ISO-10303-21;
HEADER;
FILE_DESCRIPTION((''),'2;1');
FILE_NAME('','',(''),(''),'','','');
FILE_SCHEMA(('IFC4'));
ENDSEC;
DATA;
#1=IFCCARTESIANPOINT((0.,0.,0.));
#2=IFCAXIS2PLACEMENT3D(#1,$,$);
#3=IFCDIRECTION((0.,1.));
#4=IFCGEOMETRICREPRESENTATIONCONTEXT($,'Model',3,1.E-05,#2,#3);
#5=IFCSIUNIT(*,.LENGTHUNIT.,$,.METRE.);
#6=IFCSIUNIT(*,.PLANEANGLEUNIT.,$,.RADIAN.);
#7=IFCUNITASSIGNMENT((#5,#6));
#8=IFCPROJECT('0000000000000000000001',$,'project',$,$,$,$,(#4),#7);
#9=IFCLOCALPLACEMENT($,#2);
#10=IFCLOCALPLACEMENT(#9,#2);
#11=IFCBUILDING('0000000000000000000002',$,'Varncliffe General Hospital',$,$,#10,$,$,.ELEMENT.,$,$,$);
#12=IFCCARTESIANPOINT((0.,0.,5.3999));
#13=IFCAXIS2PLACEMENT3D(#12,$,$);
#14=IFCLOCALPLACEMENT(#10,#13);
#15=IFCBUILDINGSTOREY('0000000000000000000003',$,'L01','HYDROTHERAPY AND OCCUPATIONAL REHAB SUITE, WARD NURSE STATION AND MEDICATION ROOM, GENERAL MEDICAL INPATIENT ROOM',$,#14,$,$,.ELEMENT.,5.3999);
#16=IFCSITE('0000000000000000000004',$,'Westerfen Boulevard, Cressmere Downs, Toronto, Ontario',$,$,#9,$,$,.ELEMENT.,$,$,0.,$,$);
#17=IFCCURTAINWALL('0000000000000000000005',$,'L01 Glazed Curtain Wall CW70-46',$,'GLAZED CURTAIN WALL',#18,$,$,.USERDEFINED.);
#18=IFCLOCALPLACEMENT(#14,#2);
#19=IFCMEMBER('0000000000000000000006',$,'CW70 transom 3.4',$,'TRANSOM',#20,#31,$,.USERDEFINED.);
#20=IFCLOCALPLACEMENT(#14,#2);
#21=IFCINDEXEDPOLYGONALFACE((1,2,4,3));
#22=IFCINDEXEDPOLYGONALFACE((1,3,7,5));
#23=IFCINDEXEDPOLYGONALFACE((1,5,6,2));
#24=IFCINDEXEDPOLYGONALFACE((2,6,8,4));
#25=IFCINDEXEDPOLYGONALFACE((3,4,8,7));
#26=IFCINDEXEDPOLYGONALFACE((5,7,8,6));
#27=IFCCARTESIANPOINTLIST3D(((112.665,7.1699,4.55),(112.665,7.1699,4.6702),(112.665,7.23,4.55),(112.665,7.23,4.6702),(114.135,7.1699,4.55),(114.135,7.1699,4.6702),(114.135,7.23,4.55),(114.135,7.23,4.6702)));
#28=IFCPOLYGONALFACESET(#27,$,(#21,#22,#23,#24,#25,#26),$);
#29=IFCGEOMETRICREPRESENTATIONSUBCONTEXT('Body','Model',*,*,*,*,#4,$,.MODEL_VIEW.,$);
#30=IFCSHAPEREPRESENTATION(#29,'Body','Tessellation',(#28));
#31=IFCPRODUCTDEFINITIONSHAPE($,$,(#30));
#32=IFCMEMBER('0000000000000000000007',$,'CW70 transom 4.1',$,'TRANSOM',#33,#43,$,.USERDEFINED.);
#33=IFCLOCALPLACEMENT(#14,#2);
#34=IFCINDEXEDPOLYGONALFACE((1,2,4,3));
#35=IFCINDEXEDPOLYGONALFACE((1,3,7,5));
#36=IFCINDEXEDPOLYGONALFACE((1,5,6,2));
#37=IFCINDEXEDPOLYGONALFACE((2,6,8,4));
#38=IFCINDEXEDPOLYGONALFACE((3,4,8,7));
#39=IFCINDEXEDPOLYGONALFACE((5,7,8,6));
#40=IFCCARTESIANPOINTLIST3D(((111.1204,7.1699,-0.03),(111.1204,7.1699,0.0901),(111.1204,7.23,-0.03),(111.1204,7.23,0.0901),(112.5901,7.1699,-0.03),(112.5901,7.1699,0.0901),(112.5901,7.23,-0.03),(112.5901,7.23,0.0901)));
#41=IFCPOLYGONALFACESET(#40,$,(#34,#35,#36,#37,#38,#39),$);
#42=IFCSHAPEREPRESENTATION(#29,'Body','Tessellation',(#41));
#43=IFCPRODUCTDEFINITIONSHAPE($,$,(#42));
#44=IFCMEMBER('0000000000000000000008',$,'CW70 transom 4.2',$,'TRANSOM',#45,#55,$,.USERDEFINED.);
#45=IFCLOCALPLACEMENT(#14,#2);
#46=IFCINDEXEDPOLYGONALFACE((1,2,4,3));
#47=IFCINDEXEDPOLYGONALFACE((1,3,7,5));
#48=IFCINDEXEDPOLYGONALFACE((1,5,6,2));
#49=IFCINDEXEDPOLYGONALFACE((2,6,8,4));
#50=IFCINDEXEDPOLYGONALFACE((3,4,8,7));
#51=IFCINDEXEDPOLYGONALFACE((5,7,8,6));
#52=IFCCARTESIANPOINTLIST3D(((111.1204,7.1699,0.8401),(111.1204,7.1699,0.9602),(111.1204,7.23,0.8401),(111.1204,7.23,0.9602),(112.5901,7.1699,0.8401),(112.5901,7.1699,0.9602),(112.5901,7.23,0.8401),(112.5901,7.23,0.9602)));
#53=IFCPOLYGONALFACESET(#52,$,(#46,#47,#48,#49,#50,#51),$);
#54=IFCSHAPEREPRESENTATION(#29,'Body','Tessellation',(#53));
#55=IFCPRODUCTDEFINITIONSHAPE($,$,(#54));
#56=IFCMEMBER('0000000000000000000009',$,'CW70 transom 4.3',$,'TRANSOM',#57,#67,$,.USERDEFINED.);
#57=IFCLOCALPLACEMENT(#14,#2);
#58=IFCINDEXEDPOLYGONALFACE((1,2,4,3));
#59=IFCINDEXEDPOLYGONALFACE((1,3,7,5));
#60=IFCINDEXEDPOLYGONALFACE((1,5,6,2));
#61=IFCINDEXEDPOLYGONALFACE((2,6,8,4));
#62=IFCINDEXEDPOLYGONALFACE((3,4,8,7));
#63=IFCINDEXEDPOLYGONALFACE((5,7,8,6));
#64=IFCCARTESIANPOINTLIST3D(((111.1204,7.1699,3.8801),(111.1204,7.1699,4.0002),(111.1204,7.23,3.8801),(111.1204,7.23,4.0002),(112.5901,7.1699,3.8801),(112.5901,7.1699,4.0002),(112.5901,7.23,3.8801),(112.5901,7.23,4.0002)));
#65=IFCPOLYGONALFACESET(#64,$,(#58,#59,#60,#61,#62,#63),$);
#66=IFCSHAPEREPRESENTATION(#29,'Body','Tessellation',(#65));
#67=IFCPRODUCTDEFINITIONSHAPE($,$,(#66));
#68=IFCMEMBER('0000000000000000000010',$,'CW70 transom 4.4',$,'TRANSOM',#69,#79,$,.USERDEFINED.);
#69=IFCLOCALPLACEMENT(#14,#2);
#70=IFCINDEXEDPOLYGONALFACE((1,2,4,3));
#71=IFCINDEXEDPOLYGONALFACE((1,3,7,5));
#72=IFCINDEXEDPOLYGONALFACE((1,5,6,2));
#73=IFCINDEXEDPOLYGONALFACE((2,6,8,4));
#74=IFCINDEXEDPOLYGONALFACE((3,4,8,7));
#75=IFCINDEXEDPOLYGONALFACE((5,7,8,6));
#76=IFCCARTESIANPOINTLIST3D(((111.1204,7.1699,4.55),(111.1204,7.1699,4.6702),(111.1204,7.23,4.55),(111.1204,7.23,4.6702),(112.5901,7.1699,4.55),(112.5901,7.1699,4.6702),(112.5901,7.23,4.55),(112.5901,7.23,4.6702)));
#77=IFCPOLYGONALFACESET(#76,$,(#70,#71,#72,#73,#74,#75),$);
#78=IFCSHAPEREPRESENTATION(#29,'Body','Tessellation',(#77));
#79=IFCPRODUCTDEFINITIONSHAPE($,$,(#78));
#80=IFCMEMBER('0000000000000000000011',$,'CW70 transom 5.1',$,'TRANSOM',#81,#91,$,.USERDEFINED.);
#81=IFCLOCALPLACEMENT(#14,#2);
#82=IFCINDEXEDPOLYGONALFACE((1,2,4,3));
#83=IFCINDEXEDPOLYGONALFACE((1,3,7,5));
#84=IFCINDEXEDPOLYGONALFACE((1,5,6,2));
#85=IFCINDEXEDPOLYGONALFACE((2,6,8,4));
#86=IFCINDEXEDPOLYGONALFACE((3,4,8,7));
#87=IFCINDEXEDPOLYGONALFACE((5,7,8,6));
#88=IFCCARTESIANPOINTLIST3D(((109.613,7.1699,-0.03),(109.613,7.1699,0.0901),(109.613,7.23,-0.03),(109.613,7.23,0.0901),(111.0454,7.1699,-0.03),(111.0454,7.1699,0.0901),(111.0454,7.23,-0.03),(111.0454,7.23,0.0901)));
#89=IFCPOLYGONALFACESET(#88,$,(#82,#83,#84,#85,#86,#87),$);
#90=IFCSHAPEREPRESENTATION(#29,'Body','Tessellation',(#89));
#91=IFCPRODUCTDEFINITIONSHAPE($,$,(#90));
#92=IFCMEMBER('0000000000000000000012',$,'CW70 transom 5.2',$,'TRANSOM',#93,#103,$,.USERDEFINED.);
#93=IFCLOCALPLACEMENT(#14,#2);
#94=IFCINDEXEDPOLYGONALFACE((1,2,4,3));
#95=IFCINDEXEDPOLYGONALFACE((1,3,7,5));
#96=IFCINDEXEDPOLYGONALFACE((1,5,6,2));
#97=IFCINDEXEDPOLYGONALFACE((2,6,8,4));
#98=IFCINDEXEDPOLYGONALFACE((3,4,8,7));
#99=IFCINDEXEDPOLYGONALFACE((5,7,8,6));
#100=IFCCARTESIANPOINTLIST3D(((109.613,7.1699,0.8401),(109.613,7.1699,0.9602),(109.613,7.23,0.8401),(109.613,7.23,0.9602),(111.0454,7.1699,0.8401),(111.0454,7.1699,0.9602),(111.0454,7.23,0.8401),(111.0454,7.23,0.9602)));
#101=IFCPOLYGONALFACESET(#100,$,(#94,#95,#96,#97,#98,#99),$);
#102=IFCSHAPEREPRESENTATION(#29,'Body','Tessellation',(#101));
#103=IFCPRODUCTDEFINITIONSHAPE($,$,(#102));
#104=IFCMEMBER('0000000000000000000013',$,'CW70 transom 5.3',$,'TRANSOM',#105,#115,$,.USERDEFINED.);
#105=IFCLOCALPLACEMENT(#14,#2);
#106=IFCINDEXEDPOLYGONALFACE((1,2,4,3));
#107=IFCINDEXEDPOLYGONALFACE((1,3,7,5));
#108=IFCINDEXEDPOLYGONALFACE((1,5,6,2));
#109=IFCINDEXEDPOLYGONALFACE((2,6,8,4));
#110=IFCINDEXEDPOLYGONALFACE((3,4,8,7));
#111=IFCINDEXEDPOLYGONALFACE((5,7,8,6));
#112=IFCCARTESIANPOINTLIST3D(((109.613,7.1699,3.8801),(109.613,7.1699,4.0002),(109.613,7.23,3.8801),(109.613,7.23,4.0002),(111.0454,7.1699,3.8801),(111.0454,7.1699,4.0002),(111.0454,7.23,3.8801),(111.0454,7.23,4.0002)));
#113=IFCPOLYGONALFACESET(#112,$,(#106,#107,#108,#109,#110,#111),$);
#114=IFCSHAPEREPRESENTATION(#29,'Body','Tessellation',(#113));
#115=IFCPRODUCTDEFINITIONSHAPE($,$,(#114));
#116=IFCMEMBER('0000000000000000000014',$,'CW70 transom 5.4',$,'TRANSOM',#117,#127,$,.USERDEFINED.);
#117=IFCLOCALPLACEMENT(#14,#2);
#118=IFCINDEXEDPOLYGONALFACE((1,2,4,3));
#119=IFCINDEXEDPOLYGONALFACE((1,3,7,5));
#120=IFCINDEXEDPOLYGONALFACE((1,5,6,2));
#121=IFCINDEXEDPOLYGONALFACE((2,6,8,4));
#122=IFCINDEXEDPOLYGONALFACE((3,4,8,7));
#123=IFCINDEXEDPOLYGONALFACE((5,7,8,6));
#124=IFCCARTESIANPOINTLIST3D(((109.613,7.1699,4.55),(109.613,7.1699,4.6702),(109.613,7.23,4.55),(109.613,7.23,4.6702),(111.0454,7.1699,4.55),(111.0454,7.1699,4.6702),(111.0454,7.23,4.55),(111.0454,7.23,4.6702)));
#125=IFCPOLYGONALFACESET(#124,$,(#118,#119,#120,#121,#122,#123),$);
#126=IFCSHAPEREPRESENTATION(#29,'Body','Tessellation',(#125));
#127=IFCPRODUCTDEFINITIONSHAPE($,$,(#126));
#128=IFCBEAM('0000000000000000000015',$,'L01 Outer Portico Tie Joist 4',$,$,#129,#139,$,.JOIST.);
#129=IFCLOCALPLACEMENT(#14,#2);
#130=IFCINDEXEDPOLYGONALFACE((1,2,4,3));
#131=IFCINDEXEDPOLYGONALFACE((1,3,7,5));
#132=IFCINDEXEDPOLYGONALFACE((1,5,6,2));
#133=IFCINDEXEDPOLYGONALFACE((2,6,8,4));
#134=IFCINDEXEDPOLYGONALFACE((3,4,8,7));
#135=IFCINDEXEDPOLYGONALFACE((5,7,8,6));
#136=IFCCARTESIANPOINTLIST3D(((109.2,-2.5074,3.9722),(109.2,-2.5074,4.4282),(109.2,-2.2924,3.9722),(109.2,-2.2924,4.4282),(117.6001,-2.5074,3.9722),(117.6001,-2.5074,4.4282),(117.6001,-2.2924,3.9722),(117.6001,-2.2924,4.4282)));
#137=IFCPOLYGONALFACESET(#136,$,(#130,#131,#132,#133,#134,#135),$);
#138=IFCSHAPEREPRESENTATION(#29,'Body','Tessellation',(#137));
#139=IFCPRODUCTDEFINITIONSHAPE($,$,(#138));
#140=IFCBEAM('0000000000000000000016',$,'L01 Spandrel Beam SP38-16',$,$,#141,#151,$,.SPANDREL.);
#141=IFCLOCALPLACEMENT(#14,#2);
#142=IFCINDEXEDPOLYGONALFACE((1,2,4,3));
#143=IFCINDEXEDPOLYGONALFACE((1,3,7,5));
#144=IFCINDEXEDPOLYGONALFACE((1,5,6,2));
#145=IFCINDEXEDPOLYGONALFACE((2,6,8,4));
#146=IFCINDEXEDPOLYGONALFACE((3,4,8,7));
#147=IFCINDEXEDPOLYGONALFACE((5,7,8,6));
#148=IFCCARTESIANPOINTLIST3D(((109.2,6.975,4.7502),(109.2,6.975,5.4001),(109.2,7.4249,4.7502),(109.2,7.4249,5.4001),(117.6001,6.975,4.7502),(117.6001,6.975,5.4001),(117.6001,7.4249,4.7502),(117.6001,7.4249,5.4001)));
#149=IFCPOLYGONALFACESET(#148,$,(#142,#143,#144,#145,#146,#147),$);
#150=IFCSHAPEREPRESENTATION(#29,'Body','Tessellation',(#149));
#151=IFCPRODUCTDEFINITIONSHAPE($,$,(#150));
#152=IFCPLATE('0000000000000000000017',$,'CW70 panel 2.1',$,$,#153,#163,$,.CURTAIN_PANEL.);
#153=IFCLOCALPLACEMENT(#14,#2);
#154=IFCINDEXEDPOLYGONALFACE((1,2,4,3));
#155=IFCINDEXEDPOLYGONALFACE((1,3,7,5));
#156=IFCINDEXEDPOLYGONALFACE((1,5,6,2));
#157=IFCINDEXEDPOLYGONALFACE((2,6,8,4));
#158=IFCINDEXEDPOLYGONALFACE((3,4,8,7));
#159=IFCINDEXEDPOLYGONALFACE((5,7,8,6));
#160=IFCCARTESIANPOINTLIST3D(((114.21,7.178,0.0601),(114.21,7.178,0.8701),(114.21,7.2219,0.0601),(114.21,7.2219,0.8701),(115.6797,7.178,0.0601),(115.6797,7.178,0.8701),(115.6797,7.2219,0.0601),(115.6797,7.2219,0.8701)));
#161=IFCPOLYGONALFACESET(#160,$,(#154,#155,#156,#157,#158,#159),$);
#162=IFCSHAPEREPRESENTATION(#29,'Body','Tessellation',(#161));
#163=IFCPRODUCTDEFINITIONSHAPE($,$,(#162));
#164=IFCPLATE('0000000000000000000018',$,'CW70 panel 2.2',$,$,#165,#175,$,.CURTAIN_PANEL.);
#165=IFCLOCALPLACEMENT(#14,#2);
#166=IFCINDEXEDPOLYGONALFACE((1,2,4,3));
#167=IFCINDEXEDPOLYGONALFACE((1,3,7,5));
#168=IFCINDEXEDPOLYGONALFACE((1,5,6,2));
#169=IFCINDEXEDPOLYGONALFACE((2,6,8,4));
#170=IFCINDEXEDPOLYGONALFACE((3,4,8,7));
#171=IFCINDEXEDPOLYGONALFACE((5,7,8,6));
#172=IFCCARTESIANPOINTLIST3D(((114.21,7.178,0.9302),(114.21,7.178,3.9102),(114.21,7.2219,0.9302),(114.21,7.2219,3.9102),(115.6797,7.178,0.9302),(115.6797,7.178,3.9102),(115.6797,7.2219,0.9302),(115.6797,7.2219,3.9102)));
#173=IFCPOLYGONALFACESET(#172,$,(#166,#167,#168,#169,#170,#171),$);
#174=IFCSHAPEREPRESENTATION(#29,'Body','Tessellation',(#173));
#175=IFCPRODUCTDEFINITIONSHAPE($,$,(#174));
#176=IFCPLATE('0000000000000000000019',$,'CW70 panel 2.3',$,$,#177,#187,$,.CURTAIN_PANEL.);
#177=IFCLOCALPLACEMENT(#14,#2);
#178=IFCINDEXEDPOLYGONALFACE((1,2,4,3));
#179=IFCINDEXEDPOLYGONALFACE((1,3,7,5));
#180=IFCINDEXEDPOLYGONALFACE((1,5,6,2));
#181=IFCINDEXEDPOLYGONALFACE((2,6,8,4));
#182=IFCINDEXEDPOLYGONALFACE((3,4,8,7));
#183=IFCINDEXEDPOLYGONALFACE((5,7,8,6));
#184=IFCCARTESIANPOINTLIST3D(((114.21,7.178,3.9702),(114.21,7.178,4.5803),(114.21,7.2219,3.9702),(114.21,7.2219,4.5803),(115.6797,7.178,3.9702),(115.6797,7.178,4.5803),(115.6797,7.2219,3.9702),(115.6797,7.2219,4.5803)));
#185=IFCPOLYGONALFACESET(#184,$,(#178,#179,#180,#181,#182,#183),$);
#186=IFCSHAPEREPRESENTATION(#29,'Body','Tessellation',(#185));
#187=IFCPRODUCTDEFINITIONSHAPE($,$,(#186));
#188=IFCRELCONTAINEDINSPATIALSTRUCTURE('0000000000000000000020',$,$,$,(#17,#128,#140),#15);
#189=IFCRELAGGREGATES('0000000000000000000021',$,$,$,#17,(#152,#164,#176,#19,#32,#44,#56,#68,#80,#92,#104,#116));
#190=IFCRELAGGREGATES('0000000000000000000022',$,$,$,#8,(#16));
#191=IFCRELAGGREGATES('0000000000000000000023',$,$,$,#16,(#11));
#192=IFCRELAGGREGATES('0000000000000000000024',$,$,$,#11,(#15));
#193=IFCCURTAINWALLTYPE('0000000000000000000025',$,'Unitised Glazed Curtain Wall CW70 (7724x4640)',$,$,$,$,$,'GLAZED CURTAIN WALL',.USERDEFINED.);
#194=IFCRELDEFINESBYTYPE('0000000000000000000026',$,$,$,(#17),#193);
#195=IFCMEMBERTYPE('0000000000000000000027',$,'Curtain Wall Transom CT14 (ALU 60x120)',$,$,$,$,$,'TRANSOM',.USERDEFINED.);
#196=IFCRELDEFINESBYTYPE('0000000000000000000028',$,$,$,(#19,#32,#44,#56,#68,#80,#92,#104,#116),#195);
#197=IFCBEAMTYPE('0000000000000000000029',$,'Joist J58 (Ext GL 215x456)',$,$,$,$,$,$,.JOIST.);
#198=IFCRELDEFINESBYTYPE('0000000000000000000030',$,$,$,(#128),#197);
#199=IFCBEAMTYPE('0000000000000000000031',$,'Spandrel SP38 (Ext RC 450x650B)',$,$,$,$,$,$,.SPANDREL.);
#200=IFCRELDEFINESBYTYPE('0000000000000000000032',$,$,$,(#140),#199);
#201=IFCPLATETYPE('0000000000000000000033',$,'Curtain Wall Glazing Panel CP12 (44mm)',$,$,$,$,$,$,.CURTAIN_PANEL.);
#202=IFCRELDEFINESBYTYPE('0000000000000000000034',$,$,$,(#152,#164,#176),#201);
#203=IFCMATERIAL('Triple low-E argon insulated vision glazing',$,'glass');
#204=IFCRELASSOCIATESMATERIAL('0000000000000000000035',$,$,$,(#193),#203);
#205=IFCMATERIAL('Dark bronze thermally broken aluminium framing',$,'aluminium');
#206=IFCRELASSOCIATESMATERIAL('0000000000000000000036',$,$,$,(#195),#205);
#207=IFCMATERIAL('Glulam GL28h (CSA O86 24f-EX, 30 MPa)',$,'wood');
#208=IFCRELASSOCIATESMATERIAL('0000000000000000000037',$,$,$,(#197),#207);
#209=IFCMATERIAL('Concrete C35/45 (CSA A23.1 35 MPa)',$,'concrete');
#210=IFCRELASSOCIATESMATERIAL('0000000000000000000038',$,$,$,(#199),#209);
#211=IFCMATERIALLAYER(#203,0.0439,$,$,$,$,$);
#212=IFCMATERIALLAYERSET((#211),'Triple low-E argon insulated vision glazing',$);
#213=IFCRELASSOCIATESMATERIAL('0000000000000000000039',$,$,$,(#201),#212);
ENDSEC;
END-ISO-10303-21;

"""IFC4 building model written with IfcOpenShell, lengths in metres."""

from ifc_helpers import new_model, si_unit, direction, frame, origin, origin_2d, place, context, subcontext, project, spatial, rectangle, extrude, material, layer, layer_set, material_profile, profile_set, type_object, element, aggregate, save


model = new_model("IFC4")

# Units and contexts
model_context = context("Model", 3, precision=1e-05, world=origin(), true_north=direction((0.0, 1.0)))
body_context = subcontext(model_context, "Body", "Model", "MODEL_VIEW")
ifc_project = project(units=[si_unit("LENGTHUNIT", "METRE"), si_unit("PLANEANGLEUNIT", "RADIAN")], contexts=[model_context])

# Site, building, storey
site_placement = place(None, origin())
site = spatial("IfcSite", under=ifc_project, at=site_placement, Name="Westerfen Boulevard, Cressmere Downs, Toronto, Ontario", CompositionType="ELEMENT", RefElevation=0.0)
building_placement = place(site_placement, origin())
building = spatial("IfcBuilding", under=site, at=building_placement, Name="Varncliffe General Hospital", CompositionType="ELEMENT")
storey_placement = place(building_placement, frame((0.0, 0.0, 5.3999)))
storey = spatial("IfcBuildingStorey", under=building, at=storey_placement, Name="L01", Description="HYDROTHERAPY AND OCCUPATIONAL REHAB SUITE, WARD NURSE STATION AND MEDICATION ROOM, GENERAL MEDICAL INPATIENT ROOM", CompositionType="ELEMENT", Elevation=5.3999)

# Shared definitions
ifc_material_1 = material(Name="Glulam GL28h (CSA O86 24f-EX, 30 MPa)", Category="wood")

# Curtain wall, members
ifc_material_2 = material(Name="Triple low-E argon insulated vision glazing", Category="glass")
curtain_wall_type = type_object("IfcCurtainWallType", Name="Unitised Glazed Curtain Wall CW70 (7724x4640)", ElementType="GLAZED CURTAIN WALL", PredefinedType="USERDEFINED", material=ifc_material_2)
curtain_wall_placement = place(storey_placement, origin())
curtain_wall = element("IfcCurtainWall", 1, at=curtain_wall_placement, inside=storey, type_object=curtain_wall_type, Name="L01 Glazed Curtain Wall CW70-46", ObjectType="GLAZED CURTAIN WALL", PredefinedType="USERDEFINED")
ifc_material_3 = material(Name="Dark bronze thermally broken aluminium framing", Category="aluminium")
ifc_material_profile_1 = material_profile(ifc_material_3, rectangle(XDim=0.0601, YDim=0.1201, at=origin_2d()), Name="ALU 60x120")
ifc_profile_set_1 = profile_set([ifc_material_profile_1], Name="Dark bronze thermally broken aluminium framing")
member_type_1 = type_object("IfcMemberType", Name="Curtain Wall Transom CT14 (ALU 60x120)", ElementType="TRANSOM", PredefinedType="USERDEFINED", material=ifc_profile_set_1)
member_1_placement = place(storey_placement, frame((114.135, 7.2, 4.6101), z_axis=(-1.0, 0.0, 0.0), x_axis=(0.0, -1.0, 0.0)))
member_1 = element("IfcMember", 2, at=member_1_placement, type_object=member_type_1, Name="CW70 transom 3.4", ObjectType="TRANSOM", PredefinedType="USERDEFINED", context=body_context, shape_type="SweptSolid", body=[
    extrude(rectangle(XDim=0.0601, YDim=0.1201, at=origin_2d()), origin(), (0.0, 0.0, 1.0), 1.47),
])
member_2_placement = place(storey_placement, frame((112.5901, 7.2, 0.03), z_axis=(-1.0, 0.0, 0.0), x_axis=(0.0, -1.0, 0.0)))
member_2 = element("IfcMember", 3, at=member_2_placement, type_object=member_type_1, Name="CW70 transom 4.1", ObjectType="TRANSOM", PredefinedType="USERDEFINED", context=body_context, shape_type="SweptSolid", body=[
    extrude(rectangle(XDim=0.0601, YDim=0.1201, at=origin_2d()), origin(), (0.0, 0.0, 1.0), 1.4697),
])
member_3_placement = place(storey_placement, frame((112.5901, 7.2, 0.9001), z_axis=(-1.0, 0.0, 0.0), x_axis=(0.0, -1.0, 0.0)))
member_3 = element("IfcMember", 4, at=member_3_placement, type_object=member_type_1, Name="CW70 transom 4.2", ObjectType="TRANSOM", PredefinedType="USERDEFINED", context=body_context, shape_type="SweptSolid", body=[
    extrude(rectangle(XDim=0.0601, YDim=0.1201, at=origin_2d()), origin(), (0.0, 0.0, 1.0), 1.4697),
])
member_4_placement = place(storey_placement, frame((112.5901, 7.2, 3.9402), z_axis=(-1.0, 0.0, 0.0), x_axis=(0.0, -1.0, 0.0)))
member_4 = element("IfcMember", 5, at=member_4_placement, type_object=member_type_1, Name="CW70 transom 4.3", ObjectType="TRANSOM", PredefinedType="USERDEFINED", context=body_context, shape_type="SweptSolid", body=[
    extrude(rectangle(XDim=0.0601, YDim=0.1201, at=origin_2d()), origin(), (0.0, 0.0, 1.0), 1.4697),
])
member_5_placement = place(storey_placement, frame((112.5901, 7.2, 4.6101), z_axis=(-1.0, 0.0, 0.0), x_axis=(0.0, -1.0, 0.0)))
member_5 = element("IfcMember", 6, at=member_5_placement, type_object=member_type_1, Name="CW70 transom 4.4", ObjectType="TRANSOM", PredefinedType="USERDEFINED", context=body_context, shape_type="SweptSolid", body=[
    extrude(rectangle(XDim=0.0601, YDim=0.1201, at=origin_2d()), origin(), (0.0, 0.0, 1.0), 1.4697),
])
member_6_placement = place(storey_placement, frame((111.0454, 7.2, 0.03), z_axis=(-1.0, 0.0, 0.0), x_axis=(0.0, -1.0, 0.0)))
member_6 = element("IfcMember", 7, at=member_6_placement, type_object=member_type_1, Name="CW70 transom 5.1", ObjectType="TRANSOM", PredefinedType="USERDEFINED", context=body_context, shape_type="SweptSolid", body=[
    extrude(rectangle(XDim=0.0601, YDim=0.1201, at=origin_2d()), origin(), (0.0, 0.0, 1.0), 1.4324),
])
member_7_placement = place(storey_placement, frame((111.0454, 7.2, 0.9001), z_axis=(-1.0, 0.0, 0.0), x_axis=(0.0, -1.0, 0.0)))
member_7 = element("IfcMember", 8, at=member_7_placement, type_object=member_type_1, Name="CW70 transom 5.2", ObjectType="TRANSOM", PredefinedType="USERDEFINED", context=body_context, shape_type="SweptSolid", body=[
    extrude(rectangle(XDim=0.0601, YDim=0.1201, at=origin_2d()), origin(), (0.0, 0.0, 1.0), 1.4324),
])
member_8_placement = place(storey_placement, frame((111.0454, 7.2, 3.9402), z_axis=(-1.0, 0.0, 0.0), x_axis=(0.0, -1.0, 0.0)))
member_8 = element("IfcMember", 9, at=member_8_placement, type_object=member_type_1, Name="CW70 transom 5.3", ObjectType="TRANSOM", PredefinedType="USERDEFINED", context=body_context, shape_type="SweptSolid", body=[
    extrude(rectangle(XDim=0.0601, YDim=0.1201, at=origin_2d()), origin(), (0.0, 0.0, 1.0), 1.4324),
])
member_9_placement = place(storey_placement, frame((111.0454, 7.2, 4.6101), z_axis=(-1.0, 0.0, 0.0), x_axis=(0.0, -1.0, 0.0)))
member_9 = element("IfcMember", 10, at=member_9_placement, type_object=member_type_1, Name="CW70 transom 5.4", ObjectType="TRANSOM", PredefinedType="USERDEFINED", context=body_context, shape_type="SweptSolid", body=[
    extrude(rectangle(XDim=0.0601, YDim=0.1201, at=origin_2d()), origin(), (0.0, 0.0, 1.0), 1.4324),
])

# Beams
ifc_material_profile_2 = material_profile(ifc_material_1, rectangle(XDim=0.2151, YDim=0.4561, at=origin_2d()), Name="GL 215x456")
ifc_profile_set_2 = profile_set([ifc_material_profile_2], Name="Glulam GL28h (CSA O86 24f-EX, 30 MPa)")
beam_type_1 = type_object("IfcBeamType", Name="Joist J58 (Ext GL 215x456)", PredefinedType="JOIST", material=ifc_profile_set_2)
beam_1_placement = place(storey_placement, frame((109.2, -2.3999, 4.2002), z_axis=(1.0, 0.0, 0.0), x_axis=(0.0, 1.0, 0.0)))
element("IfcBeam", 11, at=beam_1_placement, inside=storey, type_object=beam_type_1, Name="L01 Outer Portico Tie Joist 4", PredefinedType="JOIST", context=body_context, shape_type="SweptSolid", body=[
    extrude(rectangle(XDim=0.2151, YDim=0.4561, at=origin_2d()), origin(), (0.0, 0.0, 1.0), 8.4001),
])
ifc_material_4 = material(Name="Concrete C35/45 (CSA A23.1 35 MPa)", Category="concrete")
ifc_material_profile_3 = material_profile(ifc_material_4, rectangle(XDim=0.45, YDim=0.6499, at=origin_2d()), Name="RC 450x650")
ifc_profile_set_3 = profile_set([ifc_material_profile_3], Name="Concrete C35/45 (CSA A23.1 35 MPa)")
beam_type_2 = type_object("IfcBeamType", Name="Spandrel SP38 (Ext RC 450x650B)", PredefinedType="SPANDREL", material=ifc_profile_set_3)
beam_2_placement = place(storey_placement, frame((109.2, 7.2, 5.0752), z_axis=(1.0, 0.0, 0.0), x_axis=(0.0, 1.0, 0.0)))
element("IfcBeam", 12, at=beam_2_placement, inside=storey, type_object=beam_type_2, Name="L01 Spandrel Beam SP38-16", PredefinedType="SPANDREL", context=body_context, shape_type="SweptSolid", body=[
    extrude(rectangle(XDim=0.45, YDim=0.6499, at=origin_2d()), origin(), (0.0, 0.0, 1.0), 8.4001),
])

# Plates
ifc_layer = layer(ifc_material_2, 0.0439)
ifc_layer_set = layer_set([ifc_layer], Name="Triple low-E argon insulated vision glazing")
plate_type = type_object("IfcPlateType", Name="Curtain Wall Glazing Panel CP12 (44mm)", PredefinedType="CURTAIN_PANEL", material=ifc_layer_set)
plate_1_placement = place(storey_placement, frame((114.9448, 7.2, 0.0601), z_axis=(0.0, 0.0, 1.0), x_axis=(-1.0, 0.0, 0.0)))
plate_1 = element("IfcPlate", 13, at=plate_1_placement, type_object=plate_type, Name="CW70 panel 2.1", PredefinedType="CURTAIN_PANEL", context=body_context, shape_type="SweptSolid", body=[
    extrude(rectangle(XDim=1.4697, YDim=0.0439, at=origin_2d()), origin(), (0.0, 0.0, 1.0), 0.8101),
])
plate_2_placement = place(storey_placement, frame((114.9448, 7.2, 0.9302), z_axis=(0.0, 0.0, 1.0), x_axis=(-1.0, 0.0, 0.0)))
plate_2 = element("IfcPlate", 14, at=plate_2_placement, type_object=plate_type, Name="CW70 panel 2.2", PredefinedType="CURTAIN_PANEL", context=body_context, shape_type="SweptSolid", body=[
    extrude(rectangle(XDim=1.4697, YDim=0.0439, at=origin_2d()), origin(), (0.0, 0.0, 1.0), 2.98),
])
plate_3_placement = place(storey_placement, frame((114.9448, 7.2, 3.9702), z_axis=(0.0, 0.0, 1.0), x_axis=(-1.0, 0.0, 0.0)))
plate_3 = element("IfcPlate", 15, at=plate_3_placement, type_object=plate_type, Name="CW70 panel 2.3", PredefinedType="CURTAIN_PANEL", context=body_context, shape_type="SweptSolid", body=[
    extrude(rectangle(XDim=1.4697, YDim=0.0439, at=origin_2d()), origin(), (0.0, 0.0, 1.0), 0.6101),
])
aggregate(curtain_wall, [plate_1, plate_2, plate_3, member_1, member_2, member_3, member_4, member_5, member_6, member_7, member_8, member_9])

save(model, "model.ifc")
